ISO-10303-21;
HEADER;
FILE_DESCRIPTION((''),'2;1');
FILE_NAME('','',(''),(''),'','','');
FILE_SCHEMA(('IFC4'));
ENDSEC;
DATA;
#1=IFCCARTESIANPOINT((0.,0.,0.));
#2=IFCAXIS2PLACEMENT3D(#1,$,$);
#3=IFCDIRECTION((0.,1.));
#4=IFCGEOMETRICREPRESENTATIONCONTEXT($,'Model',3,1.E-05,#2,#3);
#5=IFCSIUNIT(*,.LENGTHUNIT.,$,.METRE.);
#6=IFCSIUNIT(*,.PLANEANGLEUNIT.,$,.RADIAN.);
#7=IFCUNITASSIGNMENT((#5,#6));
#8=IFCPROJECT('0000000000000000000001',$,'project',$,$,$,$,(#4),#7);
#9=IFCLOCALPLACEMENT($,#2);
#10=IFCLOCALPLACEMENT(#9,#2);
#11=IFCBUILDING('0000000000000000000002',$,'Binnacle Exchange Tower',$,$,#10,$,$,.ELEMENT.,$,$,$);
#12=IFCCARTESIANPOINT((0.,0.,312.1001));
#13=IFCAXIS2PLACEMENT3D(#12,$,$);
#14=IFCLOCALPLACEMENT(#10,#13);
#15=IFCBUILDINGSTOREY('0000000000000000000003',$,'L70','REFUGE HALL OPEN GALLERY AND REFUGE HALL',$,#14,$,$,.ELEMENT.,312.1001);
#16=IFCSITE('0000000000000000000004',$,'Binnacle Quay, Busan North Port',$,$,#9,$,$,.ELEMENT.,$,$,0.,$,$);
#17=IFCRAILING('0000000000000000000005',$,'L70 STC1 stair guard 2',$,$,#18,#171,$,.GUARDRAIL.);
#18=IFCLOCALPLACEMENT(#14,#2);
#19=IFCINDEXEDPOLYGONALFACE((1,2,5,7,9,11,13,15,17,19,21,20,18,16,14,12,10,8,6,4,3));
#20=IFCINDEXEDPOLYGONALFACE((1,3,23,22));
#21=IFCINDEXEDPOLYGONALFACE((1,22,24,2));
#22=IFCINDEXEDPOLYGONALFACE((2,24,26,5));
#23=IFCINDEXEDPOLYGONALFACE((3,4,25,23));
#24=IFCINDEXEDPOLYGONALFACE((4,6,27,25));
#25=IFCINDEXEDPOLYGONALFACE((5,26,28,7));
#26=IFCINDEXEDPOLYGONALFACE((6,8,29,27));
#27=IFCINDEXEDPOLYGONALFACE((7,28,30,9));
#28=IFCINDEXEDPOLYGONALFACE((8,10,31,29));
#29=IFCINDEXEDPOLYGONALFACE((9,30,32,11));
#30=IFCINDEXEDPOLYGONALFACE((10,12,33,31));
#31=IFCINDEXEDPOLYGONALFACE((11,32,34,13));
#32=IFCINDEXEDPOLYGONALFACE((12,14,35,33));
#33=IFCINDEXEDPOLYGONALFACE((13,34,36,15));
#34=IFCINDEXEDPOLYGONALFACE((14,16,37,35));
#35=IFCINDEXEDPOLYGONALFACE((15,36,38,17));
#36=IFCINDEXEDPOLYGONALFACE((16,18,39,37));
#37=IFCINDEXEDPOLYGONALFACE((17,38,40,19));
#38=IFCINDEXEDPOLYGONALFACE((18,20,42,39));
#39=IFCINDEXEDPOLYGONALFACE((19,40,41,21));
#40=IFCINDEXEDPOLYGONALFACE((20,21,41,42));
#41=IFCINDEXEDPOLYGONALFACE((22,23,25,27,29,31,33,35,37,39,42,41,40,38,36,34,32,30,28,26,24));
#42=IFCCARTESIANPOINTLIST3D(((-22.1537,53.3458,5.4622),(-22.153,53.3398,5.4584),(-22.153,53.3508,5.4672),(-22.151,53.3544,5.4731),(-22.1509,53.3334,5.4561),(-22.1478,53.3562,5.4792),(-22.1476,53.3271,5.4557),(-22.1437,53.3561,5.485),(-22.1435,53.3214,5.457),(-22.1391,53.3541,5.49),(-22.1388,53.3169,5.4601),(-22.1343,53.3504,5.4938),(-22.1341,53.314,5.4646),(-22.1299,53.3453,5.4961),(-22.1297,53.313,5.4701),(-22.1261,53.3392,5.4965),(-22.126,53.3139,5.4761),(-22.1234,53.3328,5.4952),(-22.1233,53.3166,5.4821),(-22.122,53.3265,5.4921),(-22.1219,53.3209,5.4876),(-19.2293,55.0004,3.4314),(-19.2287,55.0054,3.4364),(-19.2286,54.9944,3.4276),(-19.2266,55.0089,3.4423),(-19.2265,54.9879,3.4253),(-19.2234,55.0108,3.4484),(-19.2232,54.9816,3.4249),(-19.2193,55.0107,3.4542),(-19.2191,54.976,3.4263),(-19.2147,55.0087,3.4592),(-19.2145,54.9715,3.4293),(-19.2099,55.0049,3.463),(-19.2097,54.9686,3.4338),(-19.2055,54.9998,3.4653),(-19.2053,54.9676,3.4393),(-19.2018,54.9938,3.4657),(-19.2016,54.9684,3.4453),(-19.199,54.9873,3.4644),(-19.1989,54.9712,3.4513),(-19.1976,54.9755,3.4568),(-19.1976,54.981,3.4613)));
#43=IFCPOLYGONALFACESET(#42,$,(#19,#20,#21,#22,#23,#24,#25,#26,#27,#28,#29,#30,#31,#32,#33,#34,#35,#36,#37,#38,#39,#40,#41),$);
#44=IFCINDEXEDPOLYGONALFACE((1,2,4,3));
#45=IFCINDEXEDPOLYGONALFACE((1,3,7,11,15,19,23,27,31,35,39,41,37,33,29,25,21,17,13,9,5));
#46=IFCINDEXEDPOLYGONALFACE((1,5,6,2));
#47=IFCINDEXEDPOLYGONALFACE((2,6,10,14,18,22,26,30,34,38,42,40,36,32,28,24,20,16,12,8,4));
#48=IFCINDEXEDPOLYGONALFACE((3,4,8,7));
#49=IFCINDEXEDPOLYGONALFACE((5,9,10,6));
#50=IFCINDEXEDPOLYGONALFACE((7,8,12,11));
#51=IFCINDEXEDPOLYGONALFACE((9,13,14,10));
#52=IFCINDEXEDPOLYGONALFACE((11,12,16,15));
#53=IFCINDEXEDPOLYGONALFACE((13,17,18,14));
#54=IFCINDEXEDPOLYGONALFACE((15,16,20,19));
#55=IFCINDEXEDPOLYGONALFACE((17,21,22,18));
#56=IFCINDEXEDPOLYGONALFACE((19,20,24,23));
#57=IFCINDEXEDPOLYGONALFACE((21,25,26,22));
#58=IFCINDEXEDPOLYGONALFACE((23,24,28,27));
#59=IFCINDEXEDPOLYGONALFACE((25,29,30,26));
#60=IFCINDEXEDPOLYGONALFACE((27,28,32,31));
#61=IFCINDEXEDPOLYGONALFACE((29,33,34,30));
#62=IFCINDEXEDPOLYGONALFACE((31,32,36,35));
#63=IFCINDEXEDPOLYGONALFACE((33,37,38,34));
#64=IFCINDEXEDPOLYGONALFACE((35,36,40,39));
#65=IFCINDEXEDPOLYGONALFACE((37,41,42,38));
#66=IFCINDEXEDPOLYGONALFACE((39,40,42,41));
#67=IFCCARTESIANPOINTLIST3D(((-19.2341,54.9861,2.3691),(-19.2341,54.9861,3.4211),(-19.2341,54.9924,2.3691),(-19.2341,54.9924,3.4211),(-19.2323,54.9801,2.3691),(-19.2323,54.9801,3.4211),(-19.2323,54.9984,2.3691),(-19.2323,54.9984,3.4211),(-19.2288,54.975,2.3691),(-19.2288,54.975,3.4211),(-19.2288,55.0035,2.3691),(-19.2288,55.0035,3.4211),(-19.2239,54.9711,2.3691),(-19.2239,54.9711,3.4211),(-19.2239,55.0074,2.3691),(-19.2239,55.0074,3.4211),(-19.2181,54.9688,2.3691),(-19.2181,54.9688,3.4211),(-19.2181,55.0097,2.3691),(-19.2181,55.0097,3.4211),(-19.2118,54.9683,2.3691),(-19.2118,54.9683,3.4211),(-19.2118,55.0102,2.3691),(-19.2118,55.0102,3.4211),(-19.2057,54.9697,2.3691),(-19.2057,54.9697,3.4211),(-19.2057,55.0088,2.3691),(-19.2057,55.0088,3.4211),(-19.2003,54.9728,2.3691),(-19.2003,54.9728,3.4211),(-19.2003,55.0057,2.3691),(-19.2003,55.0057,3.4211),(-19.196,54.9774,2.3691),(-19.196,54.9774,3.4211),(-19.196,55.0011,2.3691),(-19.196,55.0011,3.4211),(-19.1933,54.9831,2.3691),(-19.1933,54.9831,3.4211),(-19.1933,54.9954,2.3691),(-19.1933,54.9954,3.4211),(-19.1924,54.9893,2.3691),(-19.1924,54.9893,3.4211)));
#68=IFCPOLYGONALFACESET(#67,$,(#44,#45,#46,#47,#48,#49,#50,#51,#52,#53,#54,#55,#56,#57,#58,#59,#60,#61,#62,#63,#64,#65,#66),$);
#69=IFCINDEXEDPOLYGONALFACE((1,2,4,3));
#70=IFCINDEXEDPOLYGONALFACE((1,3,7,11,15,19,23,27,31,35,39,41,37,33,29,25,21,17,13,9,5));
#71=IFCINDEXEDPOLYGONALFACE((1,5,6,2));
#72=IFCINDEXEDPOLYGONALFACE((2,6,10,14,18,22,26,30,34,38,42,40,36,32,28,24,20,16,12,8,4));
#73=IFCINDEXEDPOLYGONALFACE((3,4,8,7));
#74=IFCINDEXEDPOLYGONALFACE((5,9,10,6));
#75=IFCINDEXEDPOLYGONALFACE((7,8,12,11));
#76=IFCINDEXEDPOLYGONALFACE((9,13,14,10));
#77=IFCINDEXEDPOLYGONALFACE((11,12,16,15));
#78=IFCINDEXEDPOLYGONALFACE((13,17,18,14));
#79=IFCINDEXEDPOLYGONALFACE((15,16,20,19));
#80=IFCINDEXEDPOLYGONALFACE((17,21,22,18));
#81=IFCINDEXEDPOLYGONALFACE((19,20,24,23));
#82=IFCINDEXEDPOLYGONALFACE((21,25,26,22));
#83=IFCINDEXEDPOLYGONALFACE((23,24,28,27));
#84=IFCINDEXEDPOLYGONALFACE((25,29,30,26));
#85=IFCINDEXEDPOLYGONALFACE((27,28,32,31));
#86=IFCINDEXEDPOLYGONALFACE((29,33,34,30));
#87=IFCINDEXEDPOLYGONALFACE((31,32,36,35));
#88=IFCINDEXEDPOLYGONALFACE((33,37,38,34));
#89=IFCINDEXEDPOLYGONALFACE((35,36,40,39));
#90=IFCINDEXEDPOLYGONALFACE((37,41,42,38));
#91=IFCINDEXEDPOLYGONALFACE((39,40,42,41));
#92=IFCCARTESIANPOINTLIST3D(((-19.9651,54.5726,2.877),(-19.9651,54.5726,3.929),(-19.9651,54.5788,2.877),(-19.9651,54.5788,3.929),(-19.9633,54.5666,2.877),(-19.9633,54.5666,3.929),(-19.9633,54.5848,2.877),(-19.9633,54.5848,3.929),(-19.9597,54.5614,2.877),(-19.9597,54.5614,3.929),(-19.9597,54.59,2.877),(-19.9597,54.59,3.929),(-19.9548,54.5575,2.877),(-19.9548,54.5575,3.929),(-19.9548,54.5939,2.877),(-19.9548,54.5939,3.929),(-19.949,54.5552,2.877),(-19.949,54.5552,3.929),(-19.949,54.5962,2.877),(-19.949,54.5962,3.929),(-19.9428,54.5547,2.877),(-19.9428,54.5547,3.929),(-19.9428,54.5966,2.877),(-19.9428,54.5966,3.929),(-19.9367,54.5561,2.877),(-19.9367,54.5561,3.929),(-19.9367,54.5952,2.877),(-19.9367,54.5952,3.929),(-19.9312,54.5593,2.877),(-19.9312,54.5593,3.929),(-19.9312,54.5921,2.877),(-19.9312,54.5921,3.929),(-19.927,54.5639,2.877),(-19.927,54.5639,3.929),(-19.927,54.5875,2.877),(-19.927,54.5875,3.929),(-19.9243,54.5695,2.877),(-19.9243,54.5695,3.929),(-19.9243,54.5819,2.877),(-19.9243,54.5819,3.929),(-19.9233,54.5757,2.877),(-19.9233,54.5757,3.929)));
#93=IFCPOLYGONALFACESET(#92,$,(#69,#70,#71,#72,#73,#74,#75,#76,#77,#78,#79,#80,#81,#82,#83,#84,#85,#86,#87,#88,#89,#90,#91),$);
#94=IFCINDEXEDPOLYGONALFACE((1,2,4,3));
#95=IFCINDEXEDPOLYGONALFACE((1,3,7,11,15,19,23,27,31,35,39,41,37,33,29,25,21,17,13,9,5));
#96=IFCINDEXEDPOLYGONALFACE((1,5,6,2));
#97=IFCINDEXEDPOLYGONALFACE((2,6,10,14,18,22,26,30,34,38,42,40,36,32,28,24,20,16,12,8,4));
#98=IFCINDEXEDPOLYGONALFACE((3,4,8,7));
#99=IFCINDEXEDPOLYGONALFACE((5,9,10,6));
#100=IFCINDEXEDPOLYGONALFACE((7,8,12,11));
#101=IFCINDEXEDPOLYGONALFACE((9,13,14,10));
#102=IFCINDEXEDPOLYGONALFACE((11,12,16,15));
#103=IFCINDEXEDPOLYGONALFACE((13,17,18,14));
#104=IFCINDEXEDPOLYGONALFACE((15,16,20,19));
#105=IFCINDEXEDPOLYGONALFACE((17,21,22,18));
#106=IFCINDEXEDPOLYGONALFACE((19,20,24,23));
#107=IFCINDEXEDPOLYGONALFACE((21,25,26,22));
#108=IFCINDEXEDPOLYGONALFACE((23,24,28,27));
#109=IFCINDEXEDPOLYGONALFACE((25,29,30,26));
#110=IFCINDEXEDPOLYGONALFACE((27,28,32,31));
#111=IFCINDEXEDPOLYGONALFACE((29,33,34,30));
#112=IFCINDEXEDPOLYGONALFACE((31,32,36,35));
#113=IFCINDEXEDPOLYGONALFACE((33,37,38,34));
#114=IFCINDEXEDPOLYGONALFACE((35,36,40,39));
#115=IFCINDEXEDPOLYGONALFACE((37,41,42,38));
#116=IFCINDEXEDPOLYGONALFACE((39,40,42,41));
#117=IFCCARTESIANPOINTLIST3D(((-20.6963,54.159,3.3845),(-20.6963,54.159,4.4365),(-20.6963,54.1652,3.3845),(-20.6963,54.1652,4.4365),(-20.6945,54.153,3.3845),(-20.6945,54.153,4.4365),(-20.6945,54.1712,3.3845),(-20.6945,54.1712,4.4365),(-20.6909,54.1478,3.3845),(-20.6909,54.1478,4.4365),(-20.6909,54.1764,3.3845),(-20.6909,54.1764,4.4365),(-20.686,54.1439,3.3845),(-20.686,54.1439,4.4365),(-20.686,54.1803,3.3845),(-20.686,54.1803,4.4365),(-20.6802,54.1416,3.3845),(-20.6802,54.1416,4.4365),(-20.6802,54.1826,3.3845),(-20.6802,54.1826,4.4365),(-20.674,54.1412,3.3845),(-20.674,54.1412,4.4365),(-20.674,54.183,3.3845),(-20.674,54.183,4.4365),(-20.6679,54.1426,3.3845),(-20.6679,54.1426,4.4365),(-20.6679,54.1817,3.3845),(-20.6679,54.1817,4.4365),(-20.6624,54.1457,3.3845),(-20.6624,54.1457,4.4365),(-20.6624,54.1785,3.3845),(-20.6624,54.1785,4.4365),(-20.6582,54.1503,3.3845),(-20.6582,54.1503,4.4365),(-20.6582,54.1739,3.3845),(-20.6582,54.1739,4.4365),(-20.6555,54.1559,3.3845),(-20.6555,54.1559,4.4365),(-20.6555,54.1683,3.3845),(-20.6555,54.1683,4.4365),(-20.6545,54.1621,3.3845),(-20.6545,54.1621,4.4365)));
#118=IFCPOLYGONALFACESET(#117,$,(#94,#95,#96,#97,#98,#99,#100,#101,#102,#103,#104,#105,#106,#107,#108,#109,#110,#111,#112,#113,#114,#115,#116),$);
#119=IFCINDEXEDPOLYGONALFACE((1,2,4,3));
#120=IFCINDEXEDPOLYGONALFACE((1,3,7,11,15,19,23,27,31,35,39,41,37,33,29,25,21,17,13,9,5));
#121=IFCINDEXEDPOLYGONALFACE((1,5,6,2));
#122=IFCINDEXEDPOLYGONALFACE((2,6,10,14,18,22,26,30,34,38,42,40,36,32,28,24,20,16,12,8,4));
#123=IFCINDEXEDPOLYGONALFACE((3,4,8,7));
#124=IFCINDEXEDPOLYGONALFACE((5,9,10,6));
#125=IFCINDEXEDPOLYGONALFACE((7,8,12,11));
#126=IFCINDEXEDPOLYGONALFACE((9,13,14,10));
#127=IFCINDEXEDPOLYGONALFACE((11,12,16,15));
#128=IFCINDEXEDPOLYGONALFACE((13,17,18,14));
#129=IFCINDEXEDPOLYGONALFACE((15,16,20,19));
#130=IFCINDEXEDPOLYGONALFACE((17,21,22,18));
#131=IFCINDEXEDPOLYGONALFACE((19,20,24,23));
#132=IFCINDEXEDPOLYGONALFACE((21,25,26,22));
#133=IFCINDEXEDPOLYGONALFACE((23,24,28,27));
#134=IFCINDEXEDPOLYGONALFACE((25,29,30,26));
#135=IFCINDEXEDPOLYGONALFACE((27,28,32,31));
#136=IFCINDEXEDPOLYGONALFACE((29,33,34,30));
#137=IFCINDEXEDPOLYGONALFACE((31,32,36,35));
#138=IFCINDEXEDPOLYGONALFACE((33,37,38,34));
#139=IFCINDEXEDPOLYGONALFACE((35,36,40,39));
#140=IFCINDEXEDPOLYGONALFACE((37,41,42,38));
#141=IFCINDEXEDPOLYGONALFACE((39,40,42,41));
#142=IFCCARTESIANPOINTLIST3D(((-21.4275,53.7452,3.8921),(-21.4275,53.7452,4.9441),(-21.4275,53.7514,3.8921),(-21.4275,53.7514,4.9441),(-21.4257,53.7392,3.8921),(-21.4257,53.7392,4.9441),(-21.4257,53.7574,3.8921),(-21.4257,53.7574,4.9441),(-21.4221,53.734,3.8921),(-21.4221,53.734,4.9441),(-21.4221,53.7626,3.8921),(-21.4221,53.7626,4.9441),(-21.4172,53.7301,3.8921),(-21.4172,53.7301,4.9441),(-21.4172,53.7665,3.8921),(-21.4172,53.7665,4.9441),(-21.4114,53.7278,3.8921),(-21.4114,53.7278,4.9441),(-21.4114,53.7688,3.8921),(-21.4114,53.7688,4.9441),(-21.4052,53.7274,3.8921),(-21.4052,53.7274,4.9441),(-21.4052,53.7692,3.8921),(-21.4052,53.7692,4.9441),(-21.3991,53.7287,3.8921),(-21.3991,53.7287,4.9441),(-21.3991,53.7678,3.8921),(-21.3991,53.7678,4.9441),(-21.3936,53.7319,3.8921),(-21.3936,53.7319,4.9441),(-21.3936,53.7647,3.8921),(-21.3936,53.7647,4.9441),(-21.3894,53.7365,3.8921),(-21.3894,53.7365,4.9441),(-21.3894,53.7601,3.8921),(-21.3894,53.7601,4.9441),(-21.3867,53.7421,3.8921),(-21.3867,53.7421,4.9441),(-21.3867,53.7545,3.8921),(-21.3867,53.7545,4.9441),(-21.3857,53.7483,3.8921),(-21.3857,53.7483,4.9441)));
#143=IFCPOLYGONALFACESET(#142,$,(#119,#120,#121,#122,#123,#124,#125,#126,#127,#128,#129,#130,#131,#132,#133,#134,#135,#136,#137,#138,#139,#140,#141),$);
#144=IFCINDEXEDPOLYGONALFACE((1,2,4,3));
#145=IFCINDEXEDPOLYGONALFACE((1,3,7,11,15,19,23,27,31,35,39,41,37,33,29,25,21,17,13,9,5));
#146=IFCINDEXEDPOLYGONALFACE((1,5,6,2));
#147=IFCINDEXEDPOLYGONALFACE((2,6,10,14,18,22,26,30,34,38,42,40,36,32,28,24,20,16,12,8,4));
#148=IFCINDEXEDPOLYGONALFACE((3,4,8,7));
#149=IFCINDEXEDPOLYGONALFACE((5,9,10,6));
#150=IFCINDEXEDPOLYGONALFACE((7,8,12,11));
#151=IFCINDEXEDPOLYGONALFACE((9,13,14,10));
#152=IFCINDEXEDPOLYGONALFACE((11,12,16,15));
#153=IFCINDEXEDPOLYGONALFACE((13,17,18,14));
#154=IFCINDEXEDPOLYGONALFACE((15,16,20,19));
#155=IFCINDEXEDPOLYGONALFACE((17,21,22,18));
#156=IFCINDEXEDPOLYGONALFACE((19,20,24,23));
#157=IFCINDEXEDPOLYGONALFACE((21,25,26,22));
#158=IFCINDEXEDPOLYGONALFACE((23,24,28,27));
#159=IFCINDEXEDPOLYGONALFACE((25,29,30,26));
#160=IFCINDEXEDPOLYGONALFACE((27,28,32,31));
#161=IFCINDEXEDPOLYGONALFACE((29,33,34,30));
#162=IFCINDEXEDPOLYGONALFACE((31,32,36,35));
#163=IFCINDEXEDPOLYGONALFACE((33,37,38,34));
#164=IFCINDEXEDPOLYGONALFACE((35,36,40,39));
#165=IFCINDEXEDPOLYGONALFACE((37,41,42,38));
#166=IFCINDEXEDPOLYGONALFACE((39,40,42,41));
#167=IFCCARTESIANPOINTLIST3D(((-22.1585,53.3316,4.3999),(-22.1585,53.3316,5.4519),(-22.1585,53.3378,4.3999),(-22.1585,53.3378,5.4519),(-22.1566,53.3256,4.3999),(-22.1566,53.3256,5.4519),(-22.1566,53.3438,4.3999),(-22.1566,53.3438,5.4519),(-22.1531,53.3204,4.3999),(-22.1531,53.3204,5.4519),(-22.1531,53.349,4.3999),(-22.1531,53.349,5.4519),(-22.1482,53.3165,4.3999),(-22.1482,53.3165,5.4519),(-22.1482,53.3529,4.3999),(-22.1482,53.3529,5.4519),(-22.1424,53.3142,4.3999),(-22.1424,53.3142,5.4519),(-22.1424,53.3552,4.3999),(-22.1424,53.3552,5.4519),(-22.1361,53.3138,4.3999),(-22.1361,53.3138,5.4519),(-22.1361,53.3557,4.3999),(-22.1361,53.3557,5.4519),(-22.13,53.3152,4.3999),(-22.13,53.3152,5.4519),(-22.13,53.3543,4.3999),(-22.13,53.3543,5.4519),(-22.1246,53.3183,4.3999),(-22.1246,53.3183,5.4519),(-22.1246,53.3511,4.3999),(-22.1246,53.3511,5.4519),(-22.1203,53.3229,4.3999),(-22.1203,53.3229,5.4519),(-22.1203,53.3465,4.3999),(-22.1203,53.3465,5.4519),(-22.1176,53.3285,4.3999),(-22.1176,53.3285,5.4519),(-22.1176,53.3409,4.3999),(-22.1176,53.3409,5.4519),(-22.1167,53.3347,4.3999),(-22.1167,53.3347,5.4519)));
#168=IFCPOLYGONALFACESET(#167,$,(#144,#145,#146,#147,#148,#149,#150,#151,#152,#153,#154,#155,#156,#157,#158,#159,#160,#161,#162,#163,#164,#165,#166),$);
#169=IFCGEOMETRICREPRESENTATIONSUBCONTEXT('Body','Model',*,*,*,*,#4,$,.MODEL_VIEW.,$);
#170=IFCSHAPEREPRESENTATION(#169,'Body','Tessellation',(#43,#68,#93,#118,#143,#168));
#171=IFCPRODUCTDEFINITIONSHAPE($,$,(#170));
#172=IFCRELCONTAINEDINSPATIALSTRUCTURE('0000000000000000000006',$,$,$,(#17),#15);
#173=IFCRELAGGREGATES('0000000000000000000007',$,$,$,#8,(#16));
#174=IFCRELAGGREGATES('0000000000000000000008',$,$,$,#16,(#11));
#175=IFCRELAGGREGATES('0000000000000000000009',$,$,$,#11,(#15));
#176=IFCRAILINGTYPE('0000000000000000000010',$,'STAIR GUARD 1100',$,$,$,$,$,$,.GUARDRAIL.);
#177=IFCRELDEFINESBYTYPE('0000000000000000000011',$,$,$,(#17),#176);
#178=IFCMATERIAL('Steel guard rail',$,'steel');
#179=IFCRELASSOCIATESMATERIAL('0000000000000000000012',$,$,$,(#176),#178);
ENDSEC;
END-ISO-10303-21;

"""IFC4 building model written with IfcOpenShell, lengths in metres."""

from ifc_helpers import new_model, si_unit, direction, frame, origin, origin_2d, place, context, subcontext, project, spatial, circle, extrude, material, type_object, element, save


model = new_model("IFC4")

# Units and contexts
model_context = context("Model", 3, precision=1e-05, world=origin(), true_north=direction((0.0, 1.0)))
body_context = subcontext(model_context, "Body", "Model", "MODEL_VIEW")
ifc_project = project(units=[si_unit("LENGTHUNIT", "METRE"), si_unit("PLANEANGLEUNIT", "RADIAN")], contexts=[model_context])

# Site, building, storey
site_placement = place(None, origin())
site = spatial("IfcSite", under=ifc_project, at=site_placement, Name="Binnacle Quay, Busan North Port", CompositionType="ELEMENT", RefElevation=0.0)
building_placement = place(site_placement, origin())
building = spatial("IfcBuilding", under=site, at=building_placement, Name="Binnacle Exchange Tower", CompositionType="ELEMENT")
storey_placement = place(building_placement, frame((0.0, 0.0, 312.1001)))
storey = spatial("IfcBuildingStorey", under=building, at=storey_placement, Name="L70", Description="REFUGE HALL OPEN GALLERY AND REFUGE HALL", CompositionType="ELEMENT", Elevation=312.1001)

# Railing
ifc_material_1 = material(Name="Steel guard rail", Category="steel")
railing_type = type_object("IfcRailingType", Name="STAIR GUARD 1100", PredefinedType="GUARDRAIL", material=ifc_material_1)
railing_placement = place(storey_placement, frame((-19.2134, 54.9893, 2.3691)))
element("IfcRailing", 1, at=railing_placement, inside=storey, type_object=railing_type, Name="L70 STC1 stair guard 2", PredefinedType="GUARDRAIL", context=body_context, shape_type="SweptSolid", body=[
    extrude(circle(Radius=0.0239, at=origin_2d()), frame((0.0, 0.0, 1.0762), z_axis=(-0.744867, -0.421437, 0.517266), x_axis=(0.492433, -0.87035, 0.0)), (0.0, 0.0, 1.0), 3.926),
    extrude(circle(Radius=0.021, at=origin_2d()), origin(), (0.0, 0.0, 1.0), 1.052),
    extrude(circle(Radius=0.021, at=origin_2d()), frame((-0.731, -0.4136, 0.5078)), (0.0, 0.0, 1.0), 1.052),
    extrude(circle(Radius=0.021, at=origin_2d()), frame((-1.4622, -0.8271, 1.0154)), (0.0, 0.0, 1.0), 1.052),
    extrude(circle(Radius=0.021, at=origin_2d()), frame((-2.1934, -1.241, 1.5229)), (0.0, 0.0, 1.0), 1.052),
    extrude(circle(Radius=0.021, at=origin_2d()), frame((-2.9243, -1.6545, 2.0308)), (0.0, 0.0, 1.0), 1.052),
])

save(model, "model.ifc")
